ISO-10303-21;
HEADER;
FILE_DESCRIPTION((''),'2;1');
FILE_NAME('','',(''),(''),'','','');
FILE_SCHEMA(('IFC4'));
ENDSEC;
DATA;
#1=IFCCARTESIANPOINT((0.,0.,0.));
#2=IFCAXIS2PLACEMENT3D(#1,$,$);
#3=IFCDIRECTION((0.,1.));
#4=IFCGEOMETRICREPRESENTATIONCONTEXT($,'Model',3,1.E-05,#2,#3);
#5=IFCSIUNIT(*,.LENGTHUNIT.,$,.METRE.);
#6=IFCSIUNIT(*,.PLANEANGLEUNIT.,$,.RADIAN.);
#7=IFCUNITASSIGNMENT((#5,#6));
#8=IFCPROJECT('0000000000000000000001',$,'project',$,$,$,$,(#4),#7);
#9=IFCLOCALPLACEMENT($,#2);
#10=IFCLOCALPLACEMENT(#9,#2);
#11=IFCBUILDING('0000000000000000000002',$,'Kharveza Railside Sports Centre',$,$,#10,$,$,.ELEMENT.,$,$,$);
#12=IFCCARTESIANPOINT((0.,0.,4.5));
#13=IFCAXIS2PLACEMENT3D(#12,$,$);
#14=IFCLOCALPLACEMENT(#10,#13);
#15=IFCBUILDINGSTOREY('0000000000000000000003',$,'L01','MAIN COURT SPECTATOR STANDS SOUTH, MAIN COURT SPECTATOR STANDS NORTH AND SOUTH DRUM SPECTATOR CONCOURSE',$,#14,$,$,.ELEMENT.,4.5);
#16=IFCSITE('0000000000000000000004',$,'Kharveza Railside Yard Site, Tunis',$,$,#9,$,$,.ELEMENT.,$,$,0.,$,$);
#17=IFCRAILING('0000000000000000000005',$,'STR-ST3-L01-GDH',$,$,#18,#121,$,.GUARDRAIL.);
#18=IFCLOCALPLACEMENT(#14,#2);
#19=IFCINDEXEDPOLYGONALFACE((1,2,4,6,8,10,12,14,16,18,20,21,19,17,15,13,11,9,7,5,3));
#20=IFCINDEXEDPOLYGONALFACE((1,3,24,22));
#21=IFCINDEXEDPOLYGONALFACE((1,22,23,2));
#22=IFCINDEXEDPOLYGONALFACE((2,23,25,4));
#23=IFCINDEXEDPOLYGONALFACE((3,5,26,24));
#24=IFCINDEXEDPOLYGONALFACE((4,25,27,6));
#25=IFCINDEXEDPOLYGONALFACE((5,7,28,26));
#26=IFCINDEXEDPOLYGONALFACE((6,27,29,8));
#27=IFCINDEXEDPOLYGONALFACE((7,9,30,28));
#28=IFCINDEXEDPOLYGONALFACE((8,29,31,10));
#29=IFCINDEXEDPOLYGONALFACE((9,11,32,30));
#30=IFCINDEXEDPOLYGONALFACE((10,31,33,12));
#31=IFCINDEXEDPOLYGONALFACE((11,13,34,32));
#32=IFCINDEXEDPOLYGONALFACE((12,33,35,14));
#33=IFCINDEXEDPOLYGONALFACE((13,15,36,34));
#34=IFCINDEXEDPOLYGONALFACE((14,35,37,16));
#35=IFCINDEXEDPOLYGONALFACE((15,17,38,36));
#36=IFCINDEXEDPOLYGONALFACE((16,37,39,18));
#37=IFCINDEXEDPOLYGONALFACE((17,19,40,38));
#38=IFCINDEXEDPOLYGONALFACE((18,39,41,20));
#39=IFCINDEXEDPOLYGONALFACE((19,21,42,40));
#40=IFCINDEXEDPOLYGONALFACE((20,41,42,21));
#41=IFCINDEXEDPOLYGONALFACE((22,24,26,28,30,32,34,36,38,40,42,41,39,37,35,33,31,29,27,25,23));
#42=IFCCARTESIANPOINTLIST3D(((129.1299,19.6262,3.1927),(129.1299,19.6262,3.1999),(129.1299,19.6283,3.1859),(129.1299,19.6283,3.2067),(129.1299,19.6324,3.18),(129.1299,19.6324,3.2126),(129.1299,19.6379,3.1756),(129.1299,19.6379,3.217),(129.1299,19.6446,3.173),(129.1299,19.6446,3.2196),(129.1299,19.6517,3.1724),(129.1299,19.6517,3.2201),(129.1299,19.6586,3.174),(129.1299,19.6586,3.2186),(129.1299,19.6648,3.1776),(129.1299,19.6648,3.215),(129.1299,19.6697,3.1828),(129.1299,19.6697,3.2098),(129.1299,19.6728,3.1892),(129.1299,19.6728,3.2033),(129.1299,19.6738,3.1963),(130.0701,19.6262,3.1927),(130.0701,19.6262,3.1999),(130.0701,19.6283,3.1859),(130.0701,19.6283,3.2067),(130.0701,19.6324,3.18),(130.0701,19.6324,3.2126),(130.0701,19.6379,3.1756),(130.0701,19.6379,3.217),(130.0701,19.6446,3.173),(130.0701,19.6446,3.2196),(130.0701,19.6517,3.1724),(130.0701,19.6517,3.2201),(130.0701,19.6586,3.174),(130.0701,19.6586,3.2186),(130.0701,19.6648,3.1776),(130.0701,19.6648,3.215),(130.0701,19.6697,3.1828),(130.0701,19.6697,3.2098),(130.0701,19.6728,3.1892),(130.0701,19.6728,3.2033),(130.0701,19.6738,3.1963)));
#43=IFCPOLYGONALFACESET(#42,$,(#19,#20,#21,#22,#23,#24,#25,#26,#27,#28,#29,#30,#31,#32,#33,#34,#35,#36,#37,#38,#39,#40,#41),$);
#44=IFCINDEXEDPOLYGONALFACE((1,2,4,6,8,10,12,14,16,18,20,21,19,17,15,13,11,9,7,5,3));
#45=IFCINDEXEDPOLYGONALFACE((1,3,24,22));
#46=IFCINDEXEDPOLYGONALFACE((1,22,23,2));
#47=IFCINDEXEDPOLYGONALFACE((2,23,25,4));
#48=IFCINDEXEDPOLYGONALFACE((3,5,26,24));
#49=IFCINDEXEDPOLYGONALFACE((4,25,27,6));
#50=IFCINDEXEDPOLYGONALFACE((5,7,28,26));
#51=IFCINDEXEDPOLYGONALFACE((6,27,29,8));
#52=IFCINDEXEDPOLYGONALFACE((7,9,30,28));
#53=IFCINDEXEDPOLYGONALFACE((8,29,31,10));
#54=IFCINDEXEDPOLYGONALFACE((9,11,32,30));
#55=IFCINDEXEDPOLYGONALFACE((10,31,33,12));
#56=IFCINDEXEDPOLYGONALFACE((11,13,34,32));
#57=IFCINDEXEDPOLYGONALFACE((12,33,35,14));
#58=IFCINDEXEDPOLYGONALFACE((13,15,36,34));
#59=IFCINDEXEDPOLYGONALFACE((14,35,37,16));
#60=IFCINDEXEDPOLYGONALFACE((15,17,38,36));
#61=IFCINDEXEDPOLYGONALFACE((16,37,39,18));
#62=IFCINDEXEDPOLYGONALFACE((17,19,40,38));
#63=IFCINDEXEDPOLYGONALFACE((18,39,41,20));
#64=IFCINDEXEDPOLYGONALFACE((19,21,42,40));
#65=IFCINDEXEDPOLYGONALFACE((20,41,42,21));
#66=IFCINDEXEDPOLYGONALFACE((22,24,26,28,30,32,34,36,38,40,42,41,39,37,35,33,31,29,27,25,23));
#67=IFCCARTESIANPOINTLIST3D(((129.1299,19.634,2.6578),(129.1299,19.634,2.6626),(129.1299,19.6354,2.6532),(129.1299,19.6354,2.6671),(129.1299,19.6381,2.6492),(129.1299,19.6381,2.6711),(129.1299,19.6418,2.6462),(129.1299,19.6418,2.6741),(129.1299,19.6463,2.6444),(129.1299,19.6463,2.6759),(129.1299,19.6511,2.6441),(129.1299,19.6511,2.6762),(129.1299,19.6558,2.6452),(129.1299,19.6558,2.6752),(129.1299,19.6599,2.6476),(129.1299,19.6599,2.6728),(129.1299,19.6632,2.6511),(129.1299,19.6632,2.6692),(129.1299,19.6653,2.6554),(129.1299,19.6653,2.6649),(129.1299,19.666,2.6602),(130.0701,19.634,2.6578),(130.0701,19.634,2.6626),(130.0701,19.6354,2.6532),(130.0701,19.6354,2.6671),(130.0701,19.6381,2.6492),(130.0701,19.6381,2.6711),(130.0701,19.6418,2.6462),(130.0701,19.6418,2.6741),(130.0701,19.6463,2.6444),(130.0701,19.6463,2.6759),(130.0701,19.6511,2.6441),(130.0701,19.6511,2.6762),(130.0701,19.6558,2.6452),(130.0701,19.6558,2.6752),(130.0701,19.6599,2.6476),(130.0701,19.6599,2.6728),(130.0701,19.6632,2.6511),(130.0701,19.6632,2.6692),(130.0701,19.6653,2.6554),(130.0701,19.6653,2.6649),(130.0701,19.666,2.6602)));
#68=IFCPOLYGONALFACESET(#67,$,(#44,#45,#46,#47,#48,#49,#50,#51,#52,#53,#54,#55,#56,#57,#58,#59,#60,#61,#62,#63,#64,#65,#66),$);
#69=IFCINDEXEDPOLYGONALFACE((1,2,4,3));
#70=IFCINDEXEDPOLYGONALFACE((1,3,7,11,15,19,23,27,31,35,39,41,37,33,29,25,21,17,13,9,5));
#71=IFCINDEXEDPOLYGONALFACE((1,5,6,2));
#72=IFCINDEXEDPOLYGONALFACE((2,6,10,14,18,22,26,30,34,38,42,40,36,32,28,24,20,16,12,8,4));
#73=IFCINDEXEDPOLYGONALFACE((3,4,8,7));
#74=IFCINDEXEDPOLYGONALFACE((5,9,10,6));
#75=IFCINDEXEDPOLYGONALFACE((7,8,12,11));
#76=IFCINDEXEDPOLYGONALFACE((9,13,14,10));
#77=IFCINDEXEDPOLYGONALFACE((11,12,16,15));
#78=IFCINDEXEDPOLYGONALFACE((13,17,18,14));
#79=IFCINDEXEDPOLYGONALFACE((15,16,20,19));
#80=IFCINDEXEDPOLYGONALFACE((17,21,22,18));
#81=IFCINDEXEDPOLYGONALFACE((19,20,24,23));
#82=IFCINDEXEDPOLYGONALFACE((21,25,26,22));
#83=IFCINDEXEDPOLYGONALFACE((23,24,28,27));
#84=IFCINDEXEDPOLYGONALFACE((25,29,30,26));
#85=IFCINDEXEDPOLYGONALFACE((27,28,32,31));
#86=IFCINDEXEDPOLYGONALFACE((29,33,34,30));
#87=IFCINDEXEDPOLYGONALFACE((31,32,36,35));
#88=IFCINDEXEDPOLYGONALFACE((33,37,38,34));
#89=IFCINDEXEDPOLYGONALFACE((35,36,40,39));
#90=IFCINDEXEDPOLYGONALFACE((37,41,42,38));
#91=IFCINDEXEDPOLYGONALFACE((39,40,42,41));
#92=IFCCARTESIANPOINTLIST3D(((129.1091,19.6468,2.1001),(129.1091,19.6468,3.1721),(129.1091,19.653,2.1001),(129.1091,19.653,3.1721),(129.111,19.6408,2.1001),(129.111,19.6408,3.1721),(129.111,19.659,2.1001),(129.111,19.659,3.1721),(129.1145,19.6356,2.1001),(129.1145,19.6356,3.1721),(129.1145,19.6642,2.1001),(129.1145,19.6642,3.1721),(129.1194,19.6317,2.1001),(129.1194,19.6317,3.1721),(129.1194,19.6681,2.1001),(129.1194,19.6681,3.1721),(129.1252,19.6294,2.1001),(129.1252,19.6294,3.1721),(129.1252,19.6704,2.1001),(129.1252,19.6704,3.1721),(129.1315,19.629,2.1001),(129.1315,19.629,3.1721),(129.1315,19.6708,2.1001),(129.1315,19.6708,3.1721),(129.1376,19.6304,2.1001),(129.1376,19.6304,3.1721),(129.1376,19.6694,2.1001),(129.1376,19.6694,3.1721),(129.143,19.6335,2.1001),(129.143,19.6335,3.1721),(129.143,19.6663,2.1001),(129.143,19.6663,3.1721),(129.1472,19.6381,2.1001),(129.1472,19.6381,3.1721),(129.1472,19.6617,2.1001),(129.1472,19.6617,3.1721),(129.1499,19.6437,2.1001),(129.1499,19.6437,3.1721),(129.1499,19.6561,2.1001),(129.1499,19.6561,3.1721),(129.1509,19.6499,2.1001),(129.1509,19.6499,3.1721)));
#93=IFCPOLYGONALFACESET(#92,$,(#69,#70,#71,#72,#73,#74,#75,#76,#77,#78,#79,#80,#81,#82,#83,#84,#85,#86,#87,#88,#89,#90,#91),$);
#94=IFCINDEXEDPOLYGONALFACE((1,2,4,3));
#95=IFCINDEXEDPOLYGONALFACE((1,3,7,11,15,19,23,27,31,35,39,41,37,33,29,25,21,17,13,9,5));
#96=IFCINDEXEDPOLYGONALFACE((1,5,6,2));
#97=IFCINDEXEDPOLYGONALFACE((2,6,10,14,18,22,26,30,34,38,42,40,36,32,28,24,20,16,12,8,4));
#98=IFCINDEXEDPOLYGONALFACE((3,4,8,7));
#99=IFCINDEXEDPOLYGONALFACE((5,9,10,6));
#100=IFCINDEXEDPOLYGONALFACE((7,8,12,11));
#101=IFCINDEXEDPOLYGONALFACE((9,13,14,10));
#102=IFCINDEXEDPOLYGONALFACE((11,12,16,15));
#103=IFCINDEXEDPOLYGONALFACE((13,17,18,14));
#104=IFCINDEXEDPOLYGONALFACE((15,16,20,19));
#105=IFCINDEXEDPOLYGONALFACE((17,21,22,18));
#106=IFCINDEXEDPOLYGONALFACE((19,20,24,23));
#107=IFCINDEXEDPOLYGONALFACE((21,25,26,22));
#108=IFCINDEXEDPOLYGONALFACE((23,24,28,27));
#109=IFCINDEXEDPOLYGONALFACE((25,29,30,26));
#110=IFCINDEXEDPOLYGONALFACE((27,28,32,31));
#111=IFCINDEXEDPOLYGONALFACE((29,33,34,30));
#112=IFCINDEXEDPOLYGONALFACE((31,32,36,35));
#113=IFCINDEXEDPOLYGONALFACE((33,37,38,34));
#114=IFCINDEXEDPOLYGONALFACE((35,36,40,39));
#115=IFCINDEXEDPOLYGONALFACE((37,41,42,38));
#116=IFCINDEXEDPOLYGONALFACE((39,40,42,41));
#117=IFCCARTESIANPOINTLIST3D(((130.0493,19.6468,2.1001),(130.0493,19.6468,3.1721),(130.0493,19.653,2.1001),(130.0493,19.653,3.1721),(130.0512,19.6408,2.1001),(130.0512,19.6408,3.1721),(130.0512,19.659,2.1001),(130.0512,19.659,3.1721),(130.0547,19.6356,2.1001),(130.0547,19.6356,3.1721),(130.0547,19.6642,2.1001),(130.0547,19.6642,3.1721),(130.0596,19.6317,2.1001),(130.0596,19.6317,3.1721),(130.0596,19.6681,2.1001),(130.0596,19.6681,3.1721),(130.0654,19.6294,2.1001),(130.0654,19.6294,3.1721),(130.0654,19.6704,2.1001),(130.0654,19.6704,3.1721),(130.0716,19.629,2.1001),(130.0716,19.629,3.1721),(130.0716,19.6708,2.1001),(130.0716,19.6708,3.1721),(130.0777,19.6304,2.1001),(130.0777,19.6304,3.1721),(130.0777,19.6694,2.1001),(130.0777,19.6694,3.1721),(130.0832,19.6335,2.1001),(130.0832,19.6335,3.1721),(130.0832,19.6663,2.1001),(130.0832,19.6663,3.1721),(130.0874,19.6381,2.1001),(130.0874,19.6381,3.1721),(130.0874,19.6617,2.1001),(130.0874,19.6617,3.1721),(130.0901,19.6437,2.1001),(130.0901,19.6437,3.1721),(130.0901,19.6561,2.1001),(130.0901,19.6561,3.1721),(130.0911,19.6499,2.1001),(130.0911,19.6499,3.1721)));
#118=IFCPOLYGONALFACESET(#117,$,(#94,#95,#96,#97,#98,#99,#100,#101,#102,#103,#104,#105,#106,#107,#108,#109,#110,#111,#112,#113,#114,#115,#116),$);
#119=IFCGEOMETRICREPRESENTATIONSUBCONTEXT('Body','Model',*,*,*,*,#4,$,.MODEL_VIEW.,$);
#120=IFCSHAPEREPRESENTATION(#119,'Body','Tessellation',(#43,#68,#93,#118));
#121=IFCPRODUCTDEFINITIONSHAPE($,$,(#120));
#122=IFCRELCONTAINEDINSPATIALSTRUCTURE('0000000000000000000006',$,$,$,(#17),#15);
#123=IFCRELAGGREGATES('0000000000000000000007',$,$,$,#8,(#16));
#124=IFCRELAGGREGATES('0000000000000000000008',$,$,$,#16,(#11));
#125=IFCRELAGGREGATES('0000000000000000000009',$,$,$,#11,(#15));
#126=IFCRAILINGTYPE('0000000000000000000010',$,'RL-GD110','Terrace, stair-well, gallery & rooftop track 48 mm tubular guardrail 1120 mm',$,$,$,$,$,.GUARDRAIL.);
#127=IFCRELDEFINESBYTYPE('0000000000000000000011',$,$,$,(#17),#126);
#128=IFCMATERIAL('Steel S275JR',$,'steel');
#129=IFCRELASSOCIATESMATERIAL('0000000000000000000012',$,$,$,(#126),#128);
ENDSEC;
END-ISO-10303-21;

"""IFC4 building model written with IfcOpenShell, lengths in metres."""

from ifc_helpers import new_model, si_unit, direction, frame, origin, origin_2d, place, context, subcontext, project, spatial, circle, extrude, material, type_object, element, save


model = new_model("IFC4")

# Units and contexts
model_context = context("Model", 3, precision=1e-05, world=origin(), true_north=direction((0.0, 1.0)))
body_context = subcontext(model_context, "Body", "Model", "MODEL_VIEW")
ifc_project = project(units=[si_unit("LENGTHUNIT", "METRE"), si_unit("PLANEANGLEUNIT", "RADIAN")], contexts=[model_context])

# Site, building, storey
site_placement = place(None, origin())
site = spatial("IfcSite", under=ifc_project, at=site_placement, Name="Kharveza Railside Yard Site, Tunis", CompositionType="ELEMENT", RefElevation=0.0)
building_placement = place(site_placement, origin())
building = spatial("IfcBuilding", under=site, at=building_placement, Name="Kharveza Railside Sports Centre", CompositionType="ELEMENT")
storey_placement = place(building_placement, frame((0.0, 0.0, 4.5)))
storey = spatial("IfcBuildingStorey", under=building, at=storey_placement, Name="L01", Description="MAIN COURT SPECTATOR STANDS SOUTH, MAIN COURT SPECTATOR STANDS NORTH AND SOUTH DRUM SPECTATOR CONCOURSE", CompositionType="ELEMENT", Elevation=4.5)

# Railing
ifc_material_1 = material(Name="Steel S275JR", Category="steel")
railing_type_1 = type_object("IfcRailingType", Name="RL-GD110", Description="Terrace, stair-well, gallery & rooftop track 48 mm tubular guardrail 1120 mm", PredefinedType="GUARDRAIL", material=ifc_material_1)
railing_1_placement = place(storey_placement, frame((129.1299, 19.6499, 2.1001)))
element("IfcRailing", 1, at=railing_1_placement, inside=storey, type_object=railing_type_1, Name="STR-ST3-L01-GDH", PredefinedType="GUARDRAIL", context=body_context, shape_type="SweptSolid", body=[
    extrude(circle(Radius=0.0239, at=origin_2d()), frame((0.0, 0.0, 1.0962), z_axis=(1.0, 0.0, 0.0), x_axis=(0.0, 1.0, 0.0)), (0.0, 0.0, 1.0), 0.9402),
    extrude(circle(Radius=0.0161, at=origin_2d()), frame((0.0, 0.0, 0.5601), z_axis=(1.0, 0.0, 0.0), x_axis=(0.0, 1.0, 0.0)), (0.0, 0.0, 1.0), 0.9402),
    extrude(circle(Radius=0.021, at=origin_2d()), origin(), (0.0, 0.0, 1.0), 1.072),
    extrude(circle(Radius=0.021, at=origin_2d()), frame((0.9402, 0.0, 0.0)), (0.0, 0.0, 1.0), 1.072),
])

save(model, "model.ifc")
